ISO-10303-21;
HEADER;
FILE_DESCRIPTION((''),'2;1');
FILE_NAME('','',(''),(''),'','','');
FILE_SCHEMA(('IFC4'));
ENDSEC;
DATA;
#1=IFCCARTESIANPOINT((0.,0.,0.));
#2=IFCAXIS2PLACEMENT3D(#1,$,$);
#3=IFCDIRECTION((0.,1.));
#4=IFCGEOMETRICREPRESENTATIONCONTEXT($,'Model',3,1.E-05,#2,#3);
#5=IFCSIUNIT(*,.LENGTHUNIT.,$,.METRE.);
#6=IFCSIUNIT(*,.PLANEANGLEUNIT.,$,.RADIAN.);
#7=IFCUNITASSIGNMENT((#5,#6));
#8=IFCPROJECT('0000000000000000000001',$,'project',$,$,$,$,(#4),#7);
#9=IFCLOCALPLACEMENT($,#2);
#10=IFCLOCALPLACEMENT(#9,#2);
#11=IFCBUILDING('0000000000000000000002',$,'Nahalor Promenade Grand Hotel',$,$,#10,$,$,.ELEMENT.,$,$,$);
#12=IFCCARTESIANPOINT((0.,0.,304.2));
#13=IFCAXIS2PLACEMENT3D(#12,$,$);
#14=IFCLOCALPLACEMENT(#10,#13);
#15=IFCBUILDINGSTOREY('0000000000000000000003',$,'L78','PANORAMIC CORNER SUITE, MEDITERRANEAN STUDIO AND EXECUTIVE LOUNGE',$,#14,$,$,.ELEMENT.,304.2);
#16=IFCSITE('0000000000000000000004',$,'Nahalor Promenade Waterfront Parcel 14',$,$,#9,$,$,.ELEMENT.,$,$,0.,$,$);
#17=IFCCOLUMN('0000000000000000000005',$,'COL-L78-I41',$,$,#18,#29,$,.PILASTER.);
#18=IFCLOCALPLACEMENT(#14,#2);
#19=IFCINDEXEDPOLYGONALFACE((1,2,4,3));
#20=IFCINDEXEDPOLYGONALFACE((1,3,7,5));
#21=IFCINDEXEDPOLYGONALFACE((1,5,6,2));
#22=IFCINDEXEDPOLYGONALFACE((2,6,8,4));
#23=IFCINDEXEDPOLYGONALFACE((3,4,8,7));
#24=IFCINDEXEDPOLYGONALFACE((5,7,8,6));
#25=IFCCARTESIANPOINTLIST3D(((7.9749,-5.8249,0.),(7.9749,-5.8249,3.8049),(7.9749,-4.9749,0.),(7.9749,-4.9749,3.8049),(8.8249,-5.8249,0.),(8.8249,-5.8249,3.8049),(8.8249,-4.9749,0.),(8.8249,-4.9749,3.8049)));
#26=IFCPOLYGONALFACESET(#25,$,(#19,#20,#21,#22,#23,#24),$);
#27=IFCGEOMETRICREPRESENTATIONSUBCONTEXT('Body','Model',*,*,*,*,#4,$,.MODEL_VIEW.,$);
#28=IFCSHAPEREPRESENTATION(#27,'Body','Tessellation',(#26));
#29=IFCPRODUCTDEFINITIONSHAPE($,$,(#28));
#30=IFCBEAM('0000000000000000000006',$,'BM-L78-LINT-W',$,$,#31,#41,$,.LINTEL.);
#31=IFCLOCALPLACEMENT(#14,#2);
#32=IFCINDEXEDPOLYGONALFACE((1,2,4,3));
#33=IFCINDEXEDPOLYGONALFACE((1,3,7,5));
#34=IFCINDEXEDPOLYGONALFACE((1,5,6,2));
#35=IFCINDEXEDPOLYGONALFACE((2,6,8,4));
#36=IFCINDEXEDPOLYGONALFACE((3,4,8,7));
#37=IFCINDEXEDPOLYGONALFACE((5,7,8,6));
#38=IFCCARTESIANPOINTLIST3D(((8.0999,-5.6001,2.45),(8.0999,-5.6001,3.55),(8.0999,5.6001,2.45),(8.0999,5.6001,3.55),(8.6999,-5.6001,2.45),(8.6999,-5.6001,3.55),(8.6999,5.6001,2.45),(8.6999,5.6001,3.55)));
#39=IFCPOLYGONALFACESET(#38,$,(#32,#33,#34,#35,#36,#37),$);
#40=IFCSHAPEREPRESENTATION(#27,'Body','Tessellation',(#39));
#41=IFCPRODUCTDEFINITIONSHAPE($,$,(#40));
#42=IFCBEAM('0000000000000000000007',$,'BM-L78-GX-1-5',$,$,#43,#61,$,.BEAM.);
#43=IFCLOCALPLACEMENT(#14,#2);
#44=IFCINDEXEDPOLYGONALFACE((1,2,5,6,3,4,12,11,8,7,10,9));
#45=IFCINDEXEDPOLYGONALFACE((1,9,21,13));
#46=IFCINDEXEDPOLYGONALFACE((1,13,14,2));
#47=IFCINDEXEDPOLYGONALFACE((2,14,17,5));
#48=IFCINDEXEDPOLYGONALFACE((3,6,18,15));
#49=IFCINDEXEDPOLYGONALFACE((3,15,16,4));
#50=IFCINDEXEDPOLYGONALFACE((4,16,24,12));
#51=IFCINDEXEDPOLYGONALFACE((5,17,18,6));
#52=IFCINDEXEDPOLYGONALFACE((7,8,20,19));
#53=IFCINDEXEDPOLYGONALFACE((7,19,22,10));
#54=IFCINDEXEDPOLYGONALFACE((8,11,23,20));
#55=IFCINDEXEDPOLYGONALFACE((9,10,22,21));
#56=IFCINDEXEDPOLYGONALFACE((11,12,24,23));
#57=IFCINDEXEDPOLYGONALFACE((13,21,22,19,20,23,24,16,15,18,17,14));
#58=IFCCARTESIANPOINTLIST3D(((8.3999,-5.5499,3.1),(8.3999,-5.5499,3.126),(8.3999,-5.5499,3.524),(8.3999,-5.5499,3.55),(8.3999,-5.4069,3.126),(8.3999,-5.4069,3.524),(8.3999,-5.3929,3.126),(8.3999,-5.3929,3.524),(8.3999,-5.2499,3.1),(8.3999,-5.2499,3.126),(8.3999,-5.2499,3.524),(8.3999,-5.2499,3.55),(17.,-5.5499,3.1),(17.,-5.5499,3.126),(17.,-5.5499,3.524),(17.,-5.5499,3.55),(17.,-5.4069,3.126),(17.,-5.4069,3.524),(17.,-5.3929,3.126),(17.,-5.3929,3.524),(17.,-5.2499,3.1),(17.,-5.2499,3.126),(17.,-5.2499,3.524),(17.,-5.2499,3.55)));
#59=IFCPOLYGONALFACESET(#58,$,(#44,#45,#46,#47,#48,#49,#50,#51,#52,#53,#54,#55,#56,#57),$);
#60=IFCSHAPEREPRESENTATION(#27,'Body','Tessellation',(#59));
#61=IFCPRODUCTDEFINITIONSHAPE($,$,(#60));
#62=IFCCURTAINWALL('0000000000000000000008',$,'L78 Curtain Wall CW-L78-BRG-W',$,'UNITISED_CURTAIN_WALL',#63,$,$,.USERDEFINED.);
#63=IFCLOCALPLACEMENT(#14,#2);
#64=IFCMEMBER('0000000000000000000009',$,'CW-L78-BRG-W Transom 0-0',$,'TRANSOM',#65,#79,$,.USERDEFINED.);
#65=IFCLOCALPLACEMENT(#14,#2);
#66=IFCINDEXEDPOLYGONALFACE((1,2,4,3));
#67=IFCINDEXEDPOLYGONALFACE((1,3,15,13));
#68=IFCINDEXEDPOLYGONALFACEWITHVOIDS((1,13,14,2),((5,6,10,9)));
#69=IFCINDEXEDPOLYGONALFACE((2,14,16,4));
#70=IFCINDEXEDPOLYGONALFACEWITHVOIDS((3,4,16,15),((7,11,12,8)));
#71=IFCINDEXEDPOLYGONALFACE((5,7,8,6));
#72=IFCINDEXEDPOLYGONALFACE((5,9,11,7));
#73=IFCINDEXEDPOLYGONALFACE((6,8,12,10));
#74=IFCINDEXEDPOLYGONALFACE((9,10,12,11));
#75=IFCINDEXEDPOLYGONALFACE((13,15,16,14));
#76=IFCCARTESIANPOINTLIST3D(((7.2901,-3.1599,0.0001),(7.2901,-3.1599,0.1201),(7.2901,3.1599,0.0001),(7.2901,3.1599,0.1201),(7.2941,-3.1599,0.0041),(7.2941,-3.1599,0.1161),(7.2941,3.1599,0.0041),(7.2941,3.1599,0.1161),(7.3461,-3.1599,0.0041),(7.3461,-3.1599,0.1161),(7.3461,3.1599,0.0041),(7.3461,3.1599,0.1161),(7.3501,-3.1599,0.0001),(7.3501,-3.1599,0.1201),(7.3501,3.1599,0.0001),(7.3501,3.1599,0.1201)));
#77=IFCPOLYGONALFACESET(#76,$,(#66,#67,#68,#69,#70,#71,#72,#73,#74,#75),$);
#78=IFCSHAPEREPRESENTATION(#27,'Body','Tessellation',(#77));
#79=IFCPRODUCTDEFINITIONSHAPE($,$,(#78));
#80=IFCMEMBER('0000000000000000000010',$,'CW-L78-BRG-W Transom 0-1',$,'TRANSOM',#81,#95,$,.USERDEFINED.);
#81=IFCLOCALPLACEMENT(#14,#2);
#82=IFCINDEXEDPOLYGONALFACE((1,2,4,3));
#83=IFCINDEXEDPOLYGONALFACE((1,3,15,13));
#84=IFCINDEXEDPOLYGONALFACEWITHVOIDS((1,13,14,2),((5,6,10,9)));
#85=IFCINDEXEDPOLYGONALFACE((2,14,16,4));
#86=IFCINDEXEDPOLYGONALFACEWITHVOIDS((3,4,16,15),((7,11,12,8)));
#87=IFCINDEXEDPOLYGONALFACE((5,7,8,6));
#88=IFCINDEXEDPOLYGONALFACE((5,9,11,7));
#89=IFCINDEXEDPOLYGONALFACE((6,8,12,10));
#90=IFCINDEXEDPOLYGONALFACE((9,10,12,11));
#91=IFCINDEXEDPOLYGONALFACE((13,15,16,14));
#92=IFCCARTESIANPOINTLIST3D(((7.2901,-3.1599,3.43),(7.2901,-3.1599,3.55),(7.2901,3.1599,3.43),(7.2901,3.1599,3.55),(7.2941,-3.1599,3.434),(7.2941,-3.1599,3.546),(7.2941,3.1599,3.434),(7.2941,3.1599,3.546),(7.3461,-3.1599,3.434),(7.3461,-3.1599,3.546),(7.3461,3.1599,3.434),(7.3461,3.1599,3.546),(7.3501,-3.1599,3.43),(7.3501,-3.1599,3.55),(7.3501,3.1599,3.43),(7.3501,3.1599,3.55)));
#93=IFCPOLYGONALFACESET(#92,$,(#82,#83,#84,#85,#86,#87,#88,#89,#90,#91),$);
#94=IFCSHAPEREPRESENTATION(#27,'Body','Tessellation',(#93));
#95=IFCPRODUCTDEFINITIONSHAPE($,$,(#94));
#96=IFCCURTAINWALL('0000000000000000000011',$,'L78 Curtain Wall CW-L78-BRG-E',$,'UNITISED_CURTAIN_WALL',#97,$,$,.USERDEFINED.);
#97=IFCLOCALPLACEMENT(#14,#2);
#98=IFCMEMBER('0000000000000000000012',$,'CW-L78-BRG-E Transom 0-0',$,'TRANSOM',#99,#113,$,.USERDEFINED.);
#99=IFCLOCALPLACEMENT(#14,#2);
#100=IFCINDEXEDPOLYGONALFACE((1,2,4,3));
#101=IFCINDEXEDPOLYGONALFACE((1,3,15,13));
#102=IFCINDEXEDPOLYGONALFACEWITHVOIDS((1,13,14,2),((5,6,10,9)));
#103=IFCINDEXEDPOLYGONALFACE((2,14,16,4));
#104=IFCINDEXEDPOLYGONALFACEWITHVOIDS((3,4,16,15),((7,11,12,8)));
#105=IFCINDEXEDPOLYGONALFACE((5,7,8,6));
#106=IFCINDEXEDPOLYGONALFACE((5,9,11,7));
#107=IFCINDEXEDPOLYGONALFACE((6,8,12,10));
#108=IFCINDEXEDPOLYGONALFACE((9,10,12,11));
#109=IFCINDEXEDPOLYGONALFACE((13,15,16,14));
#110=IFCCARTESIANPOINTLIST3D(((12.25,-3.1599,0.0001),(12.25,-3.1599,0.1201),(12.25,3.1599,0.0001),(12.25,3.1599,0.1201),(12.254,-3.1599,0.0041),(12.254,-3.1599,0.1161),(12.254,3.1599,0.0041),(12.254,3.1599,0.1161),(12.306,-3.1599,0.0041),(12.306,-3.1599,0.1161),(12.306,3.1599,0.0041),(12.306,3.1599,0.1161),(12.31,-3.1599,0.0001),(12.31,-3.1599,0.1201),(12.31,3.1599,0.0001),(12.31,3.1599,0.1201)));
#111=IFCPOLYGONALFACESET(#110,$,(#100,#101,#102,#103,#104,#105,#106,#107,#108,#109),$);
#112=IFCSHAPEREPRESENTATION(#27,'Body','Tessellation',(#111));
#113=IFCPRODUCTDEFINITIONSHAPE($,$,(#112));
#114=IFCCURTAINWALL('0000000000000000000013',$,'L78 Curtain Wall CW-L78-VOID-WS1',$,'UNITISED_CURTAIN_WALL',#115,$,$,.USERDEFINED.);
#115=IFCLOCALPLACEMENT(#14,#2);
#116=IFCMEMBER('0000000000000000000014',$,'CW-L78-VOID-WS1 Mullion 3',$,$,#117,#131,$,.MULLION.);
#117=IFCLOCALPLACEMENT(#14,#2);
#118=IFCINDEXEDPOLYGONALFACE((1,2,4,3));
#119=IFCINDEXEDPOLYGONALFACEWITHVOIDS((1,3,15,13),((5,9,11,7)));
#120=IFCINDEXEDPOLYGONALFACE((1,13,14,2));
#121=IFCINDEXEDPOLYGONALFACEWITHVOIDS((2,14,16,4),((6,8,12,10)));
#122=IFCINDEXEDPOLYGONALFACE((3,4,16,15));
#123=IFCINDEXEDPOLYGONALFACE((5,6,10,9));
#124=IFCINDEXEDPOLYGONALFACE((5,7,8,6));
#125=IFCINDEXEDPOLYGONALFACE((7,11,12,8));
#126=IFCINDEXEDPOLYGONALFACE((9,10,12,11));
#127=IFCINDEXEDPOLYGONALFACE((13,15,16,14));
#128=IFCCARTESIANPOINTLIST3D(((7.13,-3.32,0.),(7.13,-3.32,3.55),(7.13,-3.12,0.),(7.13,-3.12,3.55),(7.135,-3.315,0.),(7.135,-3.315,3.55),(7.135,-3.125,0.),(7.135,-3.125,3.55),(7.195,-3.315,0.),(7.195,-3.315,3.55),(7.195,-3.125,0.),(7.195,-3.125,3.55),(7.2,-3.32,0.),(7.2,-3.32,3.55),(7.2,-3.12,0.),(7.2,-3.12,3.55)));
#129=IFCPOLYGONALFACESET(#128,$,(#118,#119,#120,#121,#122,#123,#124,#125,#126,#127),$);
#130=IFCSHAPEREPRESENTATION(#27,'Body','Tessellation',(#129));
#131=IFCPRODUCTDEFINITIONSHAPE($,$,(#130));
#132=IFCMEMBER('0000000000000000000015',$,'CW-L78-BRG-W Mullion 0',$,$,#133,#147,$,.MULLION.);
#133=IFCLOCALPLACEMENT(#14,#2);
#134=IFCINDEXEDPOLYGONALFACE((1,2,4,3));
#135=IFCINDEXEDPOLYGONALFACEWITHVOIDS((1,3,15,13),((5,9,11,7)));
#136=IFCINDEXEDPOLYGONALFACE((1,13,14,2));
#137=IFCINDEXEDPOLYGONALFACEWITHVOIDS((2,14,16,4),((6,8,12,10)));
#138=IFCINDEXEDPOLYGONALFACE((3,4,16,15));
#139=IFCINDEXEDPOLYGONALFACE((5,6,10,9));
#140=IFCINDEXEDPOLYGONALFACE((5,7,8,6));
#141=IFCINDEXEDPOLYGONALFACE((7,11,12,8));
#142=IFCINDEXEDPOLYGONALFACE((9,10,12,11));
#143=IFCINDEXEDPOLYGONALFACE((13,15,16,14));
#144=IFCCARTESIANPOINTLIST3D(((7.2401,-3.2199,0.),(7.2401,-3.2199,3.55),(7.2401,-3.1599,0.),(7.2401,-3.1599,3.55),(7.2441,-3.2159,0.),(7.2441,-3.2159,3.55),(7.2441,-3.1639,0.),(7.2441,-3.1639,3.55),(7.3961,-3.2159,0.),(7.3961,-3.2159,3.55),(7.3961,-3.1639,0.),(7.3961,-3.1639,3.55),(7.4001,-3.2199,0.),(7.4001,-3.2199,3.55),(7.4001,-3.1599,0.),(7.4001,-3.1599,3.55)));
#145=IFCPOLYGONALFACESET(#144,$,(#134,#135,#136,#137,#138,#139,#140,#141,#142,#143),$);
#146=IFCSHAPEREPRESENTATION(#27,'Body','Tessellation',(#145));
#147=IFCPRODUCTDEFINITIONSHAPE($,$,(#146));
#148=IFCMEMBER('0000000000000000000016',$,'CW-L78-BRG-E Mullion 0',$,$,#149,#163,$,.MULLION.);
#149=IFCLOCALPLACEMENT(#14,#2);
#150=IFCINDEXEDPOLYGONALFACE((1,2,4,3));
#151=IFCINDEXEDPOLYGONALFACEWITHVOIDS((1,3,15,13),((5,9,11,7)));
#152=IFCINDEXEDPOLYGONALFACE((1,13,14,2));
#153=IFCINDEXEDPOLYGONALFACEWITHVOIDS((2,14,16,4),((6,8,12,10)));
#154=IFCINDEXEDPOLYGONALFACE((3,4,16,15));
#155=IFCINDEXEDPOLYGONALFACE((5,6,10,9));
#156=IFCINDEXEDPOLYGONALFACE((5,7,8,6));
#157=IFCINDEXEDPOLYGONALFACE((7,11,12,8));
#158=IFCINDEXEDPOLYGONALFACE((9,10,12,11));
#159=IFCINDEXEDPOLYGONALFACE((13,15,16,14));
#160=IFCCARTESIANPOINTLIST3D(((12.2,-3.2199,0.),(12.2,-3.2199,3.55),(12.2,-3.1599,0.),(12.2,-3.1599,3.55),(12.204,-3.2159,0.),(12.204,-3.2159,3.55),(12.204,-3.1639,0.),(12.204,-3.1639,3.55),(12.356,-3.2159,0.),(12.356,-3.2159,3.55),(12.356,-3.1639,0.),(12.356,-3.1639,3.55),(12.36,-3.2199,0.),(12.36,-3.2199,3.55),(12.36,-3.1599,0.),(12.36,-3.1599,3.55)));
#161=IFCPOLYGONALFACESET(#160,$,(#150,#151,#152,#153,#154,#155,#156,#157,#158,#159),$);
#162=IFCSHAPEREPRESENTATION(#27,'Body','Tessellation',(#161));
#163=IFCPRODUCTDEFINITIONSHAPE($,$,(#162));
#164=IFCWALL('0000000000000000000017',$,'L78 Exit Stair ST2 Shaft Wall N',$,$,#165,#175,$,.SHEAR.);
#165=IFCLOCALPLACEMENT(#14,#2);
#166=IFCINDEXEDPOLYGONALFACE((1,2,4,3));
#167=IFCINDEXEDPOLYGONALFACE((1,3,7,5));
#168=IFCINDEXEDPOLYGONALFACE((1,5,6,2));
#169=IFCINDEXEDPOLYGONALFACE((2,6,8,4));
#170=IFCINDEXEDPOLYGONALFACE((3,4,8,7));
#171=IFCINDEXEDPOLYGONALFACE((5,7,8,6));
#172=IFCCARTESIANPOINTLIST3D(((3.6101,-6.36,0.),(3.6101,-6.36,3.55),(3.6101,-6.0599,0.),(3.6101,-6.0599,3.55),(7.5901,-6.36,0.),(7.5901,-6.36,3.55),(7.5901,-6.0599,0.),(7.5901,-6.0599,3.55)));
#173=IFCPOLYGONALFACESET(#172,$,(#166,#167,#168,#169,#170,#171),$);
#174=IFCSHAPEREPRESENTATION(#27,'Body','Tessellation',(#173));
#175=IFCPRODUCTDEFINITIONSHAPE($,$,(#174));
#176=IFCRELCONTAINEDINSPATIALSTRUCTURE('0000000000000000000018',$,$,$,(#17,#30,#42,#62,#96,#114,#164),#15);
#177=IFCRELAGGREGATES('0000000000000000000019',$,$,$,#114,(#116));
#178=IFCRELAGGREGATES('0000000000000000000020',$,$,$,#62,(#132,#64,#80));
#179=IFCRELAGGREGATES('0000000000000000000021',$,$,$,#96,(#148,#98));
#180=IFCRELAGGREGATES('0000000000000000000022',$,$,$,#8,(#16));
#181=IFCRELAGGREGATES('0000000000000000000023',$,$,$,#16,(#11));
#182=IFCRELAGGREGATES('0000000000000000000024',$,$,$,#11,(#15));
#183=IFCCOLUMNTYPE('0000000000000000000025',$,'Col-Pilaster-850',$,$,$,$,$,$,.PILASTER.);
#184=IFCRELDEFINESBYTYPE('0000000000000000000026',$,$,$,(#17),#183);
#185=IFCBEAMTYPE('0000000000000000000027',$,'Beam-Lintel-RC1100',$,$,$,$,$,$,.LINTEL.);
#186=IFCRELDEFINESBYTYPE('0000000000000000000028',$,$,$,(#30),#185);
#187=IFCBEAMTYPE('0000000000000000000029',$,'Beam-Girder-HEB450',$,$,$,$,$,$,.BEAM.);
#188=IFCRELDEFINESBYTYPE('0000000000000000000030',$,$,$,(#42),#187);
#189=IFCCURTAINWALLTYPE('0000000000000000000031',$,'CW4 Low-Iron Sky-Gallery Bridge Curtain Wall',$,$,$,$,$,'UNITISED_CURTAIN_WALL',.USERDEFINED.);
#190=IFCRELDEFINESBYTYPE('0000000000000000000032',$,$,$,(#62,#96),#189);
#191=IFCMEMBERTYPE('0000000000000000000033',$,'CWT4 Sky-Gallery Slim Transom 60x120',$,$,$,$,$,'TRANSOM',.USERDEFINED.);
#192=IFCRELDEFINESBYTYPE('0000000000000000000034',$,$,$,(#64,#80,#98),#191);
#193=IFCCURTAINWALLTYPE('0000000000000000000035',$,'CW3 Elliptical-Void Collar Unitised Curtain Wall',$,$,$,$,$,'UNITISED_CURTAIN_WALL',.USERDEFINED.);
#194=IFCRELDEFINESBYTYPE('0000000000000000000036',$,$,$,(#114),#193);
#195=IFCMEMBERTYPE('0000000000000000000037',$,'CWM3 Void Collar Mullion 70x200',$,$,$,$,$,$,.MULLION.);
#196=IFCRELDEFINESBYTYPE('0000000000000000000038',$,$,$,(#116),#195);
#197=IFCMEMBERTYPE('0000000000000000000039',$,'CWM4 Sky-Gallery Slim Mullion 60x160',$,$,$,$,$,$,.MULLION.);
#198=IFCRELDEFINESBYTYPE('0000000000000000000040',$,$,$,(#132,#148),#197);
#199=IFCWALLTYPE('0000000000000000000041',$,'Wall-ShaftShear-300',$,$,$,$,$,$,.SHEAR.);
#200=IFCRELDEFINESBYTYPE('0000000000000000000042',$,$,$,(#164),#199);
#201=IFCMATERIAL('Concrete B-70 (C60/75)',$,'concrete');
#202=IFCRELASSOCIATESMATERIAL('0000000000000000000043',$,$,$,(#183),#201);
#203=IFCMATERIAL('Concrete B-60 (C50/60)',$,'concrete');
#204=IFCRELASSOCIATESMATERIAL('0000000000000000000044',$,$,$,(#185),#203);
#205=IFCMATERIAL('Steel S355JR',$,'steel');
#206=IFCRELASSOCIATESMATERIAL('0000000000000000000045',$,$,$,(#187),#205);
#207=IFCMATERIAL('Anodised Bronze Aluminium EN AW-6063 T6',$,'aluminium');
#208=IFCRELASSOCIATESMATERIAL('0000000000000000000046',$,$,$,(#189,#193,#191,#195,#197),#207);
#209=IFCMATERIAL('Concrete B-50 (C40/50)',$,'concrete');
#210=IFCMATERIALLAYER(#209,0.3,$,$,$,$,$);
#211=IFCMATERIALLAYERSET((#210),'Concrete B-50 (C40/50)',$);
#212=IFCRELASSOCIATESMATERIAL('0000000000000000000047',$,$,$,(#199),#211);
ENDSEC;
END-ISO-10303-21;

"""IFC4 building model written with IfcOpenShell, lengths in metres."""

from ifc_helpers import new_model, si_unit, direction, frame, frame_2d, origin, origin_2d, place, context, subcontext, project, spatial, rectangle, hollow_rectangle, i_section, extrude, source, transform, mapped, material, layer, layer_set, material_profile, profile_set, type_object, element, aggregate, save


model = new_model("IFC4")

# Units and contexts
model_context = context("Model", 3, precision=1e-05, world=origin(), true_north=direction((0.0, 1.0)))
body_context = subcontext(model_context, "Body", "Model", "MODEL_VIEW")
ifc_project = project(units=[si_unit("LENGTHUNIT", "METRE"), si_unit("PLANEANGLEUNIT", "RADIAN")], contexts=[model_context])

# Site, building, storey
site_placement = place(None, origin())
site = spatial("IfcSite", under=ifc_project, at=site_placement, Name="Nahalor Promenade Waterfront Parcel 14", CompositionType="ELEMENT", RefElevation=0.0)
building_placement = place(site_placement, origin())
building = spatial("IfcBuilding", under=site, at=building_placement, Name="Nahalor Promenade Grand Hotel", CompositionType="ELEMENT")
storey_placement = place(building_placement, frame((0.0, 0.0, 304.2)))
storey = spatial("IfcBuildingStorey", under=building, at=storey_placement, Name="L78", Description="PANORAMIC CORNER SUITE, MEDITERRANEAN STUDIO AND EXECUTIVE LOUNGE", CompositionType="ELEMENT", Elevation=304.2)

# Column
ifc_material_1 = material(Name="Concrete B-70 (C60/75)", Category="concrete")
ifc_material_profile_1 = material_profile(ifc_material_1, rectangle(XDim=0.85, YDim=0.85, at=origin_2d()), Name="RC 850x850")
ifc_profile_set_1 = profile_set([ifc_material_profile_1], Name="Concrete B-70 (C60/75)")
column_type = type_object("IfcColumnType", Name="Col-Pilaster-850", PredefinedType="PILASTER", material=ifc_profile_set_1)
shared_shape_1 = source(origin(), body_context, "Body", "SweptSolid", [
    extrude(rectangle(XDim=0.85, YDim=0.85, at=origin_2d()), origin(), (0.0, 0.0, 1.0), 3.8049),
])
column_placement = place(storey_placement, frame((8.3999, -5.3999, 0.0), z_axis=(0.0, 0.0, 1.0), x_axis=(1.0, 0.0, 0.0)))
element("IfcColumn", 1, at=column_placement, inside=storey, type_object=column_type, Name="COL-L78-I41", PredefinedType="PILASTER", context=body_context, shape_type="MappedRepresentation", body=[
    mapped(shared_shape_1, transform((0.0, 0.0, 0.0), scale=1.0)),
])

# Beams
ifc_material_2 = material(Name="Concrete B-60 (C50/60)", Category="concrete")
ifc_material_profile_2 = material_profile(ifc_material_2, rectangle(XDim=0.6, YDim=1.1, at=origin_2d()), Name="RC 600x1100")
ifc_profile_set_2 = profile_set([ifc_material_profile_2], Name="Concrete B-60 (C50/60)")
beam_type_1 = type_object("IfcBeamType", Name="Beam-Lintel-RC1100", PredefinedType="LINTEL", material=ifc_profile_set_2)
shared_shape_2 = source(origin(), body_context, "Body", "SweptSolid", [
    extrude(rectangle(XDim=0.6, YDim=1.1, at=origin_2d()), origin(), (0.0, 0.0, 1.0), 11.2002),
])
beam_1_placement = place(storey_placement, frame((8.3999, -5.6001, 3.0), z_axis=(0.0, 1.0, 0.0), x_axis=(-1.0, 0.0, 0.0)))
element("IfcBeam", 2, at=beam_1_placement, inside=storey, type_object=beam_type_1, Name="BM-L78-LINT-W", PredefinedType="LINTEL", context=body_context, shape_type="MappedRepresentation", body=[
    mapped(shared_shape_2, transform((0.0, 0.0, 0.0), scale=1.0)),
])
ifc_material_3 = material(Name="Steel S355JR", Category="steel")
ifc_material_profile_3 = material_profile(ifc_material_3, i_section(OverallWidth=0.3, OverallDepth=0.45, WebThickness=0.014, FlangeThickness=0.026, at=origin_2d()), Name="HEB 450")
ifc_profile_set_3 = profile_set([ifc_material_profile_3], Name="Steel S355JR")
beam_type_2 = type_object("IfcBeamType", Name="Beam-Girder-HEB450", PredefinedType="BEAM", material=ifc_profile_set_3)
shared_shape_3 = source(origin(), body_context, "Body", "SweptSolid", [
    extrude(i_section(OverallWidth=0.3, OverallDepth=0.45, WebThickness=0.014, FlangeThickness=0.026, at=origin_2d()), origin(), (0.0, 0.0, 1.0), 8.6001),
])
beam_2_placement = place(storey_placement, frame((8.3999, -5.3999, 3.325), z_axis=(1.0, 0.0, 0.0), x_axis=(0.0, 1.0, 0.0)))
element("IfcBeam", 3, at=beam_2_placement, inside=storey, type_object=beam_type_2, Name="BM-L78-GX-1-5", PredefinedType="BEAM", context=body_context, shape_type="MappedRepresentation", body=[
    mapped(shared_shape_3, transform((0.0, 0.0, 0.0), scale=1.0)),
])

# Curtain wall, members
ifc_material_4 = material(Name="Anodised Bronze Aluminium EN AW-6063 T6", Category="aluminium")
curtain_wall_type_1 = type_object("IfcCurtainWallType", Name="CW4 Low-Iron Sky-Gallery Bridge Curtain Wall", ElementType="UNITISED_CURTAIN_WALL", PredefinedType="USERDEFINED", material=ifc_material_4)
curtain_wall_1_placement = place(storey_placement, origin())
curtain_wall_1 = element("IfcCurtainWall", 4, at=curtain_wall_1_placement, inside=storey, type_object=curtain_wall_type_1, Name="L78 Curtain Wall CW-L78-BRG-W", ObjectType="UNITISED_CURTAIN_WALL", PredefinedType="USERDEFINED")
ifc_material_profile_4 = material_profile(ifc_material_4, hollow_rectangle(XDim=0.06, YDim=0.12, WallThickness=0.004, at=origin_2d()), Name="CWT 60x120x4")
ifc_profile_set_4 = profile_set([ifc_material_profile_4], Name="Anodised Bronze Aluminium EN AW-6063 T6")
member_type_1 = type_object("IfcMemberType", Name="CWT4 Sky-Gallery Slim Transom 60x120", ElementType="TRANSOM", PredefinedType="USERDEFINED", material=ifc_profile_set_4)
shared_shape_4 = source(origin(), body_context, "Body", "SweptSolid", [
    extrude(hollow_rectangle(XDim=0.06, YDim=0.12, WallThickness=0.004, at=origin_2d()), origin(), (0.0, 0.0, 1.0), 6.3198),
])
member_1_placement = place(storey_placement, frame((7.3201, -3.1599, 0.0601), z_axis=(0.0, 1.0, 0.0), x_axis=(-1.0, 0.0, 0.0)))
member_1 = element("IfcMember", 5, at=member_1_placement, type_object=member_type_1, Name="CW-L78-BRG-W Transom 0-0", ObjectType="TRANSOM", PredefinedType="USERDEFINED", context=body_context, shape_type="MappedRepresentation", body=[
    mapped(shared_shape_4, transform((0.0, 0.0, 0.0), scale=1.0)),
])
member_2_placement = place(storey_placement, frame((7.3201, -3.1599, 3.49), z_axis=(0.0, 1.0, 0.0), x_axis=(-1.0, 0.0, 0.0)))
member_2 = element("IfcMember", 6, at=member_2_placement, type_object=member_type_1, Name="CW-L78-BRG-W Transom 0-1", ObjectType="TRANSOM", PredefinedType="USERDEFINED", context=body_context, shape_type="MappedRepresentation", body=[
    mapped(shared_shape_4, transform((0.0, 0.0, 0.0), scale=1.0)),
])

# Curtain walls, members
curtain_wall_2_placement = place(storey_placement, origin())
curtain_wall_2 = element("IfcCurtainWall", 7, at=curtain_wall_2_placement, inside=storey, type_object=curtain_wall_type_1, Name="L78 Curtain Wall CW-L78-BRG-E", ObjectType="UNITISED_CURTAIN_WALL", PredefinedType="USERDEFINED")
member_3_placement = place(storey_placement, frame((12.28, -3.1599, 0.0601), z_axis=(0.0, 1.0, 0.0), x_axis=(-1.0, 0.0, 0.0)))
member_3 = element("IfcMember", 8, at=member_3_placement, type_object=member_type_1, Name="CW-L78-BRG-E Transom 0-0", ObjectType="TRANSOM", PredefinedType="USERDEFINED", context=body_context, shape_type="MappedRepresentation", body=[
    mapped(shared_shape_4, transform((0.0, 0.0, 0.0), scale=1.0)),
])
curtain_wall_type_2 = type_object("IfcCurtainWallType", Name="CW3 Elliptical-Void Collar Unitised Curtain Wall", ElementType="UNITISED_CURTAIN_WALL", PredefinedType="USERDEFINED", material=ifc_material_4)
curtain_wall_3_placement = place(storey_placement, origin())
curtain_wall_3 = element("IfcCurtainWall", 9, at=curtain_wall_3_placement, inside=storey, type_object=curtain_wall_type_2, Name="L78 Curtain Wall CW-L78-VOID-WS1", ObjectType="UNITISED_CURTAIN_WALL", PredefinedType="USERDEFINED")
ifc_material_profile_5 = material_profile(ifc_material_4, hollow_rectangle(XDim=0.07, YDim=0.2, WallThickness=0.005, at=origin_2d()), Name="CWM 70x200x5")
ifc_profile_set_5 = profile_set([ifc_material_profile_5], Name="Anodised Bronze Aluminium EN AW-6063 T6")
member_type_2 = type_object("IfcMemberType", Name="CWM3 Void Collar Mullion 70x200", PredefinedType="MULLION", material=ifc_profile_set_5)
shared_shape_5 = source(origin(), body_context, "Body", "SweptSolid", [
    extrude(hollow_rectangle(XDim=0.07, YDim=0.2, WallThickness=0.005, at=origin_2d()), origin(), (0.0, 0.0, 1.0), 3.55),
])
member_4_placement = place(storey_placement, frame((7.165, -3.22, 0.0), z_axis=(0.0, 0.0, 1.0), x_axis=(1.0, 0.0, 0.0)))
member_4 = element("IfcMember", 10, at=member_4_placement, type_object=member_type_2, Name="CW-L78-VOID-WS1 Mullion 3", PredefinedType="MULLION", context=body_context, shape_type="MappedRepresentation", body=[
    mapped(shared_shape_5, transform((0.0, 0.0, 0.0), scale=1.0)),
])
aggregate(curtain_wall_3, [member_4])

# Members
ifc_material_profile_6 = material_profile(ifc_material_4, hollow_rectangle(XDim=0.06, YDim=0.16, WallThickness=0.004, at=origin_2d()), Name="CWM 60x160x4")
ifc_profile_set_6 = profile_set([ifc_material_profile_6], Name="Anodised Bronze Aluminium EN AW-6063 T6")
member_type_3 = type_object("IfcMemberType", Name="CWM4 Sky-Gallery Slim Mullion 60x160", PredefinedType="MULLION", material=ifc_profile_set_6)
shared_shape_6 = source(origin(), body_context, "Body", "SweptSolid", [
    extrude(hollow_rectangle(XDim=0.06, YDim=0.16, WallThickness=0.004, at=origin_2d()), origin(), (0.0, 0.0, 1.0), 3.55),
])
member_5_placement = place(storey_placement, frame((7.3201, -3.1899, 0.0), z_axis=(0.0, 0.0, 1.0), x_axis=(0.0, 1.0, 0.0)))
member_5 = element("IfcMember", 11, at=member_5_placement, type_object=member_type_3, Name="CW-L78-BRG-W Mullion 0", PredefinedType="MULLION", context=body_context, shape_type="MappedRepresentation", body=[
    mapped(shared_shape_6, transform((0.0, 0.0, 0.0), scale=1.0)),
])
aggregate(curtain_wall_1, [member_5, member_1, member_2])
member_6_placement = place(storey_placement, frame((12.28, -3.1899, 0.0), z_axis=(0.0, 0.0, 1.0), x_axis=(0.0, 1.0, 0.0)))
member_6 = element("IfcMember", 12, at=member_6_placement, type_object=member_type_3, Name="CW-L78-BRG-E Mullion 0", PredefinedType="MULLION", context=body_context, shape_type="MappedRepresentation", body=[
    mapped(shared_shape_6, transform((0.0, 0.0, 0.0), scale=1.0)),
])
aggregate(curtain_wall_2, [member_6, member_3])

# Wall
ifc_material_5 = material(Name="Concrete B-50 (C40/50)", Category="concrete")
ifc_layer_1 = layer(ifc_material_5, 0.3)
ifc_layer_set_1 = layer_set([ifc_layer_1], Name="Concrete B-50 (C40/50)")
wall_type_1 = type_object("IfcWallType", Name="Wall-ShaftShear-300", PredefinedType="SHEAR", material=ifc_layer_set_1)
shared_shape_7 = source(origin(), body_context, "Body", "SweptSolid", [
    extrude(rectangle(XDim=3.98, YDim=0.3, at=frame_2d((1.99, 0.0))), origin(), (0.0, 0.0, 1.0), 3.55),
])
wall_1_placement = place(storey_placement, frame((3.6101, -6.21, 0.0), z_axis=(0.0, 0.0, 1.0), x_axis=(1.0, 0.0, 0.0)))
element("IfcWall", 13, at=wall_1_placement, inside=storey, type_object=wall_type_1, Name="L78 Exit Stair ST2 Shaft Wall N", PredefinedType="SHEAR", context=body_context, shape_type="MappedRepresentation", body=[
    mapped(shared_shape_7, transform((0.0, 0.0, 0.0), scale=1.0)),
])

save(model, "model.ifc")
